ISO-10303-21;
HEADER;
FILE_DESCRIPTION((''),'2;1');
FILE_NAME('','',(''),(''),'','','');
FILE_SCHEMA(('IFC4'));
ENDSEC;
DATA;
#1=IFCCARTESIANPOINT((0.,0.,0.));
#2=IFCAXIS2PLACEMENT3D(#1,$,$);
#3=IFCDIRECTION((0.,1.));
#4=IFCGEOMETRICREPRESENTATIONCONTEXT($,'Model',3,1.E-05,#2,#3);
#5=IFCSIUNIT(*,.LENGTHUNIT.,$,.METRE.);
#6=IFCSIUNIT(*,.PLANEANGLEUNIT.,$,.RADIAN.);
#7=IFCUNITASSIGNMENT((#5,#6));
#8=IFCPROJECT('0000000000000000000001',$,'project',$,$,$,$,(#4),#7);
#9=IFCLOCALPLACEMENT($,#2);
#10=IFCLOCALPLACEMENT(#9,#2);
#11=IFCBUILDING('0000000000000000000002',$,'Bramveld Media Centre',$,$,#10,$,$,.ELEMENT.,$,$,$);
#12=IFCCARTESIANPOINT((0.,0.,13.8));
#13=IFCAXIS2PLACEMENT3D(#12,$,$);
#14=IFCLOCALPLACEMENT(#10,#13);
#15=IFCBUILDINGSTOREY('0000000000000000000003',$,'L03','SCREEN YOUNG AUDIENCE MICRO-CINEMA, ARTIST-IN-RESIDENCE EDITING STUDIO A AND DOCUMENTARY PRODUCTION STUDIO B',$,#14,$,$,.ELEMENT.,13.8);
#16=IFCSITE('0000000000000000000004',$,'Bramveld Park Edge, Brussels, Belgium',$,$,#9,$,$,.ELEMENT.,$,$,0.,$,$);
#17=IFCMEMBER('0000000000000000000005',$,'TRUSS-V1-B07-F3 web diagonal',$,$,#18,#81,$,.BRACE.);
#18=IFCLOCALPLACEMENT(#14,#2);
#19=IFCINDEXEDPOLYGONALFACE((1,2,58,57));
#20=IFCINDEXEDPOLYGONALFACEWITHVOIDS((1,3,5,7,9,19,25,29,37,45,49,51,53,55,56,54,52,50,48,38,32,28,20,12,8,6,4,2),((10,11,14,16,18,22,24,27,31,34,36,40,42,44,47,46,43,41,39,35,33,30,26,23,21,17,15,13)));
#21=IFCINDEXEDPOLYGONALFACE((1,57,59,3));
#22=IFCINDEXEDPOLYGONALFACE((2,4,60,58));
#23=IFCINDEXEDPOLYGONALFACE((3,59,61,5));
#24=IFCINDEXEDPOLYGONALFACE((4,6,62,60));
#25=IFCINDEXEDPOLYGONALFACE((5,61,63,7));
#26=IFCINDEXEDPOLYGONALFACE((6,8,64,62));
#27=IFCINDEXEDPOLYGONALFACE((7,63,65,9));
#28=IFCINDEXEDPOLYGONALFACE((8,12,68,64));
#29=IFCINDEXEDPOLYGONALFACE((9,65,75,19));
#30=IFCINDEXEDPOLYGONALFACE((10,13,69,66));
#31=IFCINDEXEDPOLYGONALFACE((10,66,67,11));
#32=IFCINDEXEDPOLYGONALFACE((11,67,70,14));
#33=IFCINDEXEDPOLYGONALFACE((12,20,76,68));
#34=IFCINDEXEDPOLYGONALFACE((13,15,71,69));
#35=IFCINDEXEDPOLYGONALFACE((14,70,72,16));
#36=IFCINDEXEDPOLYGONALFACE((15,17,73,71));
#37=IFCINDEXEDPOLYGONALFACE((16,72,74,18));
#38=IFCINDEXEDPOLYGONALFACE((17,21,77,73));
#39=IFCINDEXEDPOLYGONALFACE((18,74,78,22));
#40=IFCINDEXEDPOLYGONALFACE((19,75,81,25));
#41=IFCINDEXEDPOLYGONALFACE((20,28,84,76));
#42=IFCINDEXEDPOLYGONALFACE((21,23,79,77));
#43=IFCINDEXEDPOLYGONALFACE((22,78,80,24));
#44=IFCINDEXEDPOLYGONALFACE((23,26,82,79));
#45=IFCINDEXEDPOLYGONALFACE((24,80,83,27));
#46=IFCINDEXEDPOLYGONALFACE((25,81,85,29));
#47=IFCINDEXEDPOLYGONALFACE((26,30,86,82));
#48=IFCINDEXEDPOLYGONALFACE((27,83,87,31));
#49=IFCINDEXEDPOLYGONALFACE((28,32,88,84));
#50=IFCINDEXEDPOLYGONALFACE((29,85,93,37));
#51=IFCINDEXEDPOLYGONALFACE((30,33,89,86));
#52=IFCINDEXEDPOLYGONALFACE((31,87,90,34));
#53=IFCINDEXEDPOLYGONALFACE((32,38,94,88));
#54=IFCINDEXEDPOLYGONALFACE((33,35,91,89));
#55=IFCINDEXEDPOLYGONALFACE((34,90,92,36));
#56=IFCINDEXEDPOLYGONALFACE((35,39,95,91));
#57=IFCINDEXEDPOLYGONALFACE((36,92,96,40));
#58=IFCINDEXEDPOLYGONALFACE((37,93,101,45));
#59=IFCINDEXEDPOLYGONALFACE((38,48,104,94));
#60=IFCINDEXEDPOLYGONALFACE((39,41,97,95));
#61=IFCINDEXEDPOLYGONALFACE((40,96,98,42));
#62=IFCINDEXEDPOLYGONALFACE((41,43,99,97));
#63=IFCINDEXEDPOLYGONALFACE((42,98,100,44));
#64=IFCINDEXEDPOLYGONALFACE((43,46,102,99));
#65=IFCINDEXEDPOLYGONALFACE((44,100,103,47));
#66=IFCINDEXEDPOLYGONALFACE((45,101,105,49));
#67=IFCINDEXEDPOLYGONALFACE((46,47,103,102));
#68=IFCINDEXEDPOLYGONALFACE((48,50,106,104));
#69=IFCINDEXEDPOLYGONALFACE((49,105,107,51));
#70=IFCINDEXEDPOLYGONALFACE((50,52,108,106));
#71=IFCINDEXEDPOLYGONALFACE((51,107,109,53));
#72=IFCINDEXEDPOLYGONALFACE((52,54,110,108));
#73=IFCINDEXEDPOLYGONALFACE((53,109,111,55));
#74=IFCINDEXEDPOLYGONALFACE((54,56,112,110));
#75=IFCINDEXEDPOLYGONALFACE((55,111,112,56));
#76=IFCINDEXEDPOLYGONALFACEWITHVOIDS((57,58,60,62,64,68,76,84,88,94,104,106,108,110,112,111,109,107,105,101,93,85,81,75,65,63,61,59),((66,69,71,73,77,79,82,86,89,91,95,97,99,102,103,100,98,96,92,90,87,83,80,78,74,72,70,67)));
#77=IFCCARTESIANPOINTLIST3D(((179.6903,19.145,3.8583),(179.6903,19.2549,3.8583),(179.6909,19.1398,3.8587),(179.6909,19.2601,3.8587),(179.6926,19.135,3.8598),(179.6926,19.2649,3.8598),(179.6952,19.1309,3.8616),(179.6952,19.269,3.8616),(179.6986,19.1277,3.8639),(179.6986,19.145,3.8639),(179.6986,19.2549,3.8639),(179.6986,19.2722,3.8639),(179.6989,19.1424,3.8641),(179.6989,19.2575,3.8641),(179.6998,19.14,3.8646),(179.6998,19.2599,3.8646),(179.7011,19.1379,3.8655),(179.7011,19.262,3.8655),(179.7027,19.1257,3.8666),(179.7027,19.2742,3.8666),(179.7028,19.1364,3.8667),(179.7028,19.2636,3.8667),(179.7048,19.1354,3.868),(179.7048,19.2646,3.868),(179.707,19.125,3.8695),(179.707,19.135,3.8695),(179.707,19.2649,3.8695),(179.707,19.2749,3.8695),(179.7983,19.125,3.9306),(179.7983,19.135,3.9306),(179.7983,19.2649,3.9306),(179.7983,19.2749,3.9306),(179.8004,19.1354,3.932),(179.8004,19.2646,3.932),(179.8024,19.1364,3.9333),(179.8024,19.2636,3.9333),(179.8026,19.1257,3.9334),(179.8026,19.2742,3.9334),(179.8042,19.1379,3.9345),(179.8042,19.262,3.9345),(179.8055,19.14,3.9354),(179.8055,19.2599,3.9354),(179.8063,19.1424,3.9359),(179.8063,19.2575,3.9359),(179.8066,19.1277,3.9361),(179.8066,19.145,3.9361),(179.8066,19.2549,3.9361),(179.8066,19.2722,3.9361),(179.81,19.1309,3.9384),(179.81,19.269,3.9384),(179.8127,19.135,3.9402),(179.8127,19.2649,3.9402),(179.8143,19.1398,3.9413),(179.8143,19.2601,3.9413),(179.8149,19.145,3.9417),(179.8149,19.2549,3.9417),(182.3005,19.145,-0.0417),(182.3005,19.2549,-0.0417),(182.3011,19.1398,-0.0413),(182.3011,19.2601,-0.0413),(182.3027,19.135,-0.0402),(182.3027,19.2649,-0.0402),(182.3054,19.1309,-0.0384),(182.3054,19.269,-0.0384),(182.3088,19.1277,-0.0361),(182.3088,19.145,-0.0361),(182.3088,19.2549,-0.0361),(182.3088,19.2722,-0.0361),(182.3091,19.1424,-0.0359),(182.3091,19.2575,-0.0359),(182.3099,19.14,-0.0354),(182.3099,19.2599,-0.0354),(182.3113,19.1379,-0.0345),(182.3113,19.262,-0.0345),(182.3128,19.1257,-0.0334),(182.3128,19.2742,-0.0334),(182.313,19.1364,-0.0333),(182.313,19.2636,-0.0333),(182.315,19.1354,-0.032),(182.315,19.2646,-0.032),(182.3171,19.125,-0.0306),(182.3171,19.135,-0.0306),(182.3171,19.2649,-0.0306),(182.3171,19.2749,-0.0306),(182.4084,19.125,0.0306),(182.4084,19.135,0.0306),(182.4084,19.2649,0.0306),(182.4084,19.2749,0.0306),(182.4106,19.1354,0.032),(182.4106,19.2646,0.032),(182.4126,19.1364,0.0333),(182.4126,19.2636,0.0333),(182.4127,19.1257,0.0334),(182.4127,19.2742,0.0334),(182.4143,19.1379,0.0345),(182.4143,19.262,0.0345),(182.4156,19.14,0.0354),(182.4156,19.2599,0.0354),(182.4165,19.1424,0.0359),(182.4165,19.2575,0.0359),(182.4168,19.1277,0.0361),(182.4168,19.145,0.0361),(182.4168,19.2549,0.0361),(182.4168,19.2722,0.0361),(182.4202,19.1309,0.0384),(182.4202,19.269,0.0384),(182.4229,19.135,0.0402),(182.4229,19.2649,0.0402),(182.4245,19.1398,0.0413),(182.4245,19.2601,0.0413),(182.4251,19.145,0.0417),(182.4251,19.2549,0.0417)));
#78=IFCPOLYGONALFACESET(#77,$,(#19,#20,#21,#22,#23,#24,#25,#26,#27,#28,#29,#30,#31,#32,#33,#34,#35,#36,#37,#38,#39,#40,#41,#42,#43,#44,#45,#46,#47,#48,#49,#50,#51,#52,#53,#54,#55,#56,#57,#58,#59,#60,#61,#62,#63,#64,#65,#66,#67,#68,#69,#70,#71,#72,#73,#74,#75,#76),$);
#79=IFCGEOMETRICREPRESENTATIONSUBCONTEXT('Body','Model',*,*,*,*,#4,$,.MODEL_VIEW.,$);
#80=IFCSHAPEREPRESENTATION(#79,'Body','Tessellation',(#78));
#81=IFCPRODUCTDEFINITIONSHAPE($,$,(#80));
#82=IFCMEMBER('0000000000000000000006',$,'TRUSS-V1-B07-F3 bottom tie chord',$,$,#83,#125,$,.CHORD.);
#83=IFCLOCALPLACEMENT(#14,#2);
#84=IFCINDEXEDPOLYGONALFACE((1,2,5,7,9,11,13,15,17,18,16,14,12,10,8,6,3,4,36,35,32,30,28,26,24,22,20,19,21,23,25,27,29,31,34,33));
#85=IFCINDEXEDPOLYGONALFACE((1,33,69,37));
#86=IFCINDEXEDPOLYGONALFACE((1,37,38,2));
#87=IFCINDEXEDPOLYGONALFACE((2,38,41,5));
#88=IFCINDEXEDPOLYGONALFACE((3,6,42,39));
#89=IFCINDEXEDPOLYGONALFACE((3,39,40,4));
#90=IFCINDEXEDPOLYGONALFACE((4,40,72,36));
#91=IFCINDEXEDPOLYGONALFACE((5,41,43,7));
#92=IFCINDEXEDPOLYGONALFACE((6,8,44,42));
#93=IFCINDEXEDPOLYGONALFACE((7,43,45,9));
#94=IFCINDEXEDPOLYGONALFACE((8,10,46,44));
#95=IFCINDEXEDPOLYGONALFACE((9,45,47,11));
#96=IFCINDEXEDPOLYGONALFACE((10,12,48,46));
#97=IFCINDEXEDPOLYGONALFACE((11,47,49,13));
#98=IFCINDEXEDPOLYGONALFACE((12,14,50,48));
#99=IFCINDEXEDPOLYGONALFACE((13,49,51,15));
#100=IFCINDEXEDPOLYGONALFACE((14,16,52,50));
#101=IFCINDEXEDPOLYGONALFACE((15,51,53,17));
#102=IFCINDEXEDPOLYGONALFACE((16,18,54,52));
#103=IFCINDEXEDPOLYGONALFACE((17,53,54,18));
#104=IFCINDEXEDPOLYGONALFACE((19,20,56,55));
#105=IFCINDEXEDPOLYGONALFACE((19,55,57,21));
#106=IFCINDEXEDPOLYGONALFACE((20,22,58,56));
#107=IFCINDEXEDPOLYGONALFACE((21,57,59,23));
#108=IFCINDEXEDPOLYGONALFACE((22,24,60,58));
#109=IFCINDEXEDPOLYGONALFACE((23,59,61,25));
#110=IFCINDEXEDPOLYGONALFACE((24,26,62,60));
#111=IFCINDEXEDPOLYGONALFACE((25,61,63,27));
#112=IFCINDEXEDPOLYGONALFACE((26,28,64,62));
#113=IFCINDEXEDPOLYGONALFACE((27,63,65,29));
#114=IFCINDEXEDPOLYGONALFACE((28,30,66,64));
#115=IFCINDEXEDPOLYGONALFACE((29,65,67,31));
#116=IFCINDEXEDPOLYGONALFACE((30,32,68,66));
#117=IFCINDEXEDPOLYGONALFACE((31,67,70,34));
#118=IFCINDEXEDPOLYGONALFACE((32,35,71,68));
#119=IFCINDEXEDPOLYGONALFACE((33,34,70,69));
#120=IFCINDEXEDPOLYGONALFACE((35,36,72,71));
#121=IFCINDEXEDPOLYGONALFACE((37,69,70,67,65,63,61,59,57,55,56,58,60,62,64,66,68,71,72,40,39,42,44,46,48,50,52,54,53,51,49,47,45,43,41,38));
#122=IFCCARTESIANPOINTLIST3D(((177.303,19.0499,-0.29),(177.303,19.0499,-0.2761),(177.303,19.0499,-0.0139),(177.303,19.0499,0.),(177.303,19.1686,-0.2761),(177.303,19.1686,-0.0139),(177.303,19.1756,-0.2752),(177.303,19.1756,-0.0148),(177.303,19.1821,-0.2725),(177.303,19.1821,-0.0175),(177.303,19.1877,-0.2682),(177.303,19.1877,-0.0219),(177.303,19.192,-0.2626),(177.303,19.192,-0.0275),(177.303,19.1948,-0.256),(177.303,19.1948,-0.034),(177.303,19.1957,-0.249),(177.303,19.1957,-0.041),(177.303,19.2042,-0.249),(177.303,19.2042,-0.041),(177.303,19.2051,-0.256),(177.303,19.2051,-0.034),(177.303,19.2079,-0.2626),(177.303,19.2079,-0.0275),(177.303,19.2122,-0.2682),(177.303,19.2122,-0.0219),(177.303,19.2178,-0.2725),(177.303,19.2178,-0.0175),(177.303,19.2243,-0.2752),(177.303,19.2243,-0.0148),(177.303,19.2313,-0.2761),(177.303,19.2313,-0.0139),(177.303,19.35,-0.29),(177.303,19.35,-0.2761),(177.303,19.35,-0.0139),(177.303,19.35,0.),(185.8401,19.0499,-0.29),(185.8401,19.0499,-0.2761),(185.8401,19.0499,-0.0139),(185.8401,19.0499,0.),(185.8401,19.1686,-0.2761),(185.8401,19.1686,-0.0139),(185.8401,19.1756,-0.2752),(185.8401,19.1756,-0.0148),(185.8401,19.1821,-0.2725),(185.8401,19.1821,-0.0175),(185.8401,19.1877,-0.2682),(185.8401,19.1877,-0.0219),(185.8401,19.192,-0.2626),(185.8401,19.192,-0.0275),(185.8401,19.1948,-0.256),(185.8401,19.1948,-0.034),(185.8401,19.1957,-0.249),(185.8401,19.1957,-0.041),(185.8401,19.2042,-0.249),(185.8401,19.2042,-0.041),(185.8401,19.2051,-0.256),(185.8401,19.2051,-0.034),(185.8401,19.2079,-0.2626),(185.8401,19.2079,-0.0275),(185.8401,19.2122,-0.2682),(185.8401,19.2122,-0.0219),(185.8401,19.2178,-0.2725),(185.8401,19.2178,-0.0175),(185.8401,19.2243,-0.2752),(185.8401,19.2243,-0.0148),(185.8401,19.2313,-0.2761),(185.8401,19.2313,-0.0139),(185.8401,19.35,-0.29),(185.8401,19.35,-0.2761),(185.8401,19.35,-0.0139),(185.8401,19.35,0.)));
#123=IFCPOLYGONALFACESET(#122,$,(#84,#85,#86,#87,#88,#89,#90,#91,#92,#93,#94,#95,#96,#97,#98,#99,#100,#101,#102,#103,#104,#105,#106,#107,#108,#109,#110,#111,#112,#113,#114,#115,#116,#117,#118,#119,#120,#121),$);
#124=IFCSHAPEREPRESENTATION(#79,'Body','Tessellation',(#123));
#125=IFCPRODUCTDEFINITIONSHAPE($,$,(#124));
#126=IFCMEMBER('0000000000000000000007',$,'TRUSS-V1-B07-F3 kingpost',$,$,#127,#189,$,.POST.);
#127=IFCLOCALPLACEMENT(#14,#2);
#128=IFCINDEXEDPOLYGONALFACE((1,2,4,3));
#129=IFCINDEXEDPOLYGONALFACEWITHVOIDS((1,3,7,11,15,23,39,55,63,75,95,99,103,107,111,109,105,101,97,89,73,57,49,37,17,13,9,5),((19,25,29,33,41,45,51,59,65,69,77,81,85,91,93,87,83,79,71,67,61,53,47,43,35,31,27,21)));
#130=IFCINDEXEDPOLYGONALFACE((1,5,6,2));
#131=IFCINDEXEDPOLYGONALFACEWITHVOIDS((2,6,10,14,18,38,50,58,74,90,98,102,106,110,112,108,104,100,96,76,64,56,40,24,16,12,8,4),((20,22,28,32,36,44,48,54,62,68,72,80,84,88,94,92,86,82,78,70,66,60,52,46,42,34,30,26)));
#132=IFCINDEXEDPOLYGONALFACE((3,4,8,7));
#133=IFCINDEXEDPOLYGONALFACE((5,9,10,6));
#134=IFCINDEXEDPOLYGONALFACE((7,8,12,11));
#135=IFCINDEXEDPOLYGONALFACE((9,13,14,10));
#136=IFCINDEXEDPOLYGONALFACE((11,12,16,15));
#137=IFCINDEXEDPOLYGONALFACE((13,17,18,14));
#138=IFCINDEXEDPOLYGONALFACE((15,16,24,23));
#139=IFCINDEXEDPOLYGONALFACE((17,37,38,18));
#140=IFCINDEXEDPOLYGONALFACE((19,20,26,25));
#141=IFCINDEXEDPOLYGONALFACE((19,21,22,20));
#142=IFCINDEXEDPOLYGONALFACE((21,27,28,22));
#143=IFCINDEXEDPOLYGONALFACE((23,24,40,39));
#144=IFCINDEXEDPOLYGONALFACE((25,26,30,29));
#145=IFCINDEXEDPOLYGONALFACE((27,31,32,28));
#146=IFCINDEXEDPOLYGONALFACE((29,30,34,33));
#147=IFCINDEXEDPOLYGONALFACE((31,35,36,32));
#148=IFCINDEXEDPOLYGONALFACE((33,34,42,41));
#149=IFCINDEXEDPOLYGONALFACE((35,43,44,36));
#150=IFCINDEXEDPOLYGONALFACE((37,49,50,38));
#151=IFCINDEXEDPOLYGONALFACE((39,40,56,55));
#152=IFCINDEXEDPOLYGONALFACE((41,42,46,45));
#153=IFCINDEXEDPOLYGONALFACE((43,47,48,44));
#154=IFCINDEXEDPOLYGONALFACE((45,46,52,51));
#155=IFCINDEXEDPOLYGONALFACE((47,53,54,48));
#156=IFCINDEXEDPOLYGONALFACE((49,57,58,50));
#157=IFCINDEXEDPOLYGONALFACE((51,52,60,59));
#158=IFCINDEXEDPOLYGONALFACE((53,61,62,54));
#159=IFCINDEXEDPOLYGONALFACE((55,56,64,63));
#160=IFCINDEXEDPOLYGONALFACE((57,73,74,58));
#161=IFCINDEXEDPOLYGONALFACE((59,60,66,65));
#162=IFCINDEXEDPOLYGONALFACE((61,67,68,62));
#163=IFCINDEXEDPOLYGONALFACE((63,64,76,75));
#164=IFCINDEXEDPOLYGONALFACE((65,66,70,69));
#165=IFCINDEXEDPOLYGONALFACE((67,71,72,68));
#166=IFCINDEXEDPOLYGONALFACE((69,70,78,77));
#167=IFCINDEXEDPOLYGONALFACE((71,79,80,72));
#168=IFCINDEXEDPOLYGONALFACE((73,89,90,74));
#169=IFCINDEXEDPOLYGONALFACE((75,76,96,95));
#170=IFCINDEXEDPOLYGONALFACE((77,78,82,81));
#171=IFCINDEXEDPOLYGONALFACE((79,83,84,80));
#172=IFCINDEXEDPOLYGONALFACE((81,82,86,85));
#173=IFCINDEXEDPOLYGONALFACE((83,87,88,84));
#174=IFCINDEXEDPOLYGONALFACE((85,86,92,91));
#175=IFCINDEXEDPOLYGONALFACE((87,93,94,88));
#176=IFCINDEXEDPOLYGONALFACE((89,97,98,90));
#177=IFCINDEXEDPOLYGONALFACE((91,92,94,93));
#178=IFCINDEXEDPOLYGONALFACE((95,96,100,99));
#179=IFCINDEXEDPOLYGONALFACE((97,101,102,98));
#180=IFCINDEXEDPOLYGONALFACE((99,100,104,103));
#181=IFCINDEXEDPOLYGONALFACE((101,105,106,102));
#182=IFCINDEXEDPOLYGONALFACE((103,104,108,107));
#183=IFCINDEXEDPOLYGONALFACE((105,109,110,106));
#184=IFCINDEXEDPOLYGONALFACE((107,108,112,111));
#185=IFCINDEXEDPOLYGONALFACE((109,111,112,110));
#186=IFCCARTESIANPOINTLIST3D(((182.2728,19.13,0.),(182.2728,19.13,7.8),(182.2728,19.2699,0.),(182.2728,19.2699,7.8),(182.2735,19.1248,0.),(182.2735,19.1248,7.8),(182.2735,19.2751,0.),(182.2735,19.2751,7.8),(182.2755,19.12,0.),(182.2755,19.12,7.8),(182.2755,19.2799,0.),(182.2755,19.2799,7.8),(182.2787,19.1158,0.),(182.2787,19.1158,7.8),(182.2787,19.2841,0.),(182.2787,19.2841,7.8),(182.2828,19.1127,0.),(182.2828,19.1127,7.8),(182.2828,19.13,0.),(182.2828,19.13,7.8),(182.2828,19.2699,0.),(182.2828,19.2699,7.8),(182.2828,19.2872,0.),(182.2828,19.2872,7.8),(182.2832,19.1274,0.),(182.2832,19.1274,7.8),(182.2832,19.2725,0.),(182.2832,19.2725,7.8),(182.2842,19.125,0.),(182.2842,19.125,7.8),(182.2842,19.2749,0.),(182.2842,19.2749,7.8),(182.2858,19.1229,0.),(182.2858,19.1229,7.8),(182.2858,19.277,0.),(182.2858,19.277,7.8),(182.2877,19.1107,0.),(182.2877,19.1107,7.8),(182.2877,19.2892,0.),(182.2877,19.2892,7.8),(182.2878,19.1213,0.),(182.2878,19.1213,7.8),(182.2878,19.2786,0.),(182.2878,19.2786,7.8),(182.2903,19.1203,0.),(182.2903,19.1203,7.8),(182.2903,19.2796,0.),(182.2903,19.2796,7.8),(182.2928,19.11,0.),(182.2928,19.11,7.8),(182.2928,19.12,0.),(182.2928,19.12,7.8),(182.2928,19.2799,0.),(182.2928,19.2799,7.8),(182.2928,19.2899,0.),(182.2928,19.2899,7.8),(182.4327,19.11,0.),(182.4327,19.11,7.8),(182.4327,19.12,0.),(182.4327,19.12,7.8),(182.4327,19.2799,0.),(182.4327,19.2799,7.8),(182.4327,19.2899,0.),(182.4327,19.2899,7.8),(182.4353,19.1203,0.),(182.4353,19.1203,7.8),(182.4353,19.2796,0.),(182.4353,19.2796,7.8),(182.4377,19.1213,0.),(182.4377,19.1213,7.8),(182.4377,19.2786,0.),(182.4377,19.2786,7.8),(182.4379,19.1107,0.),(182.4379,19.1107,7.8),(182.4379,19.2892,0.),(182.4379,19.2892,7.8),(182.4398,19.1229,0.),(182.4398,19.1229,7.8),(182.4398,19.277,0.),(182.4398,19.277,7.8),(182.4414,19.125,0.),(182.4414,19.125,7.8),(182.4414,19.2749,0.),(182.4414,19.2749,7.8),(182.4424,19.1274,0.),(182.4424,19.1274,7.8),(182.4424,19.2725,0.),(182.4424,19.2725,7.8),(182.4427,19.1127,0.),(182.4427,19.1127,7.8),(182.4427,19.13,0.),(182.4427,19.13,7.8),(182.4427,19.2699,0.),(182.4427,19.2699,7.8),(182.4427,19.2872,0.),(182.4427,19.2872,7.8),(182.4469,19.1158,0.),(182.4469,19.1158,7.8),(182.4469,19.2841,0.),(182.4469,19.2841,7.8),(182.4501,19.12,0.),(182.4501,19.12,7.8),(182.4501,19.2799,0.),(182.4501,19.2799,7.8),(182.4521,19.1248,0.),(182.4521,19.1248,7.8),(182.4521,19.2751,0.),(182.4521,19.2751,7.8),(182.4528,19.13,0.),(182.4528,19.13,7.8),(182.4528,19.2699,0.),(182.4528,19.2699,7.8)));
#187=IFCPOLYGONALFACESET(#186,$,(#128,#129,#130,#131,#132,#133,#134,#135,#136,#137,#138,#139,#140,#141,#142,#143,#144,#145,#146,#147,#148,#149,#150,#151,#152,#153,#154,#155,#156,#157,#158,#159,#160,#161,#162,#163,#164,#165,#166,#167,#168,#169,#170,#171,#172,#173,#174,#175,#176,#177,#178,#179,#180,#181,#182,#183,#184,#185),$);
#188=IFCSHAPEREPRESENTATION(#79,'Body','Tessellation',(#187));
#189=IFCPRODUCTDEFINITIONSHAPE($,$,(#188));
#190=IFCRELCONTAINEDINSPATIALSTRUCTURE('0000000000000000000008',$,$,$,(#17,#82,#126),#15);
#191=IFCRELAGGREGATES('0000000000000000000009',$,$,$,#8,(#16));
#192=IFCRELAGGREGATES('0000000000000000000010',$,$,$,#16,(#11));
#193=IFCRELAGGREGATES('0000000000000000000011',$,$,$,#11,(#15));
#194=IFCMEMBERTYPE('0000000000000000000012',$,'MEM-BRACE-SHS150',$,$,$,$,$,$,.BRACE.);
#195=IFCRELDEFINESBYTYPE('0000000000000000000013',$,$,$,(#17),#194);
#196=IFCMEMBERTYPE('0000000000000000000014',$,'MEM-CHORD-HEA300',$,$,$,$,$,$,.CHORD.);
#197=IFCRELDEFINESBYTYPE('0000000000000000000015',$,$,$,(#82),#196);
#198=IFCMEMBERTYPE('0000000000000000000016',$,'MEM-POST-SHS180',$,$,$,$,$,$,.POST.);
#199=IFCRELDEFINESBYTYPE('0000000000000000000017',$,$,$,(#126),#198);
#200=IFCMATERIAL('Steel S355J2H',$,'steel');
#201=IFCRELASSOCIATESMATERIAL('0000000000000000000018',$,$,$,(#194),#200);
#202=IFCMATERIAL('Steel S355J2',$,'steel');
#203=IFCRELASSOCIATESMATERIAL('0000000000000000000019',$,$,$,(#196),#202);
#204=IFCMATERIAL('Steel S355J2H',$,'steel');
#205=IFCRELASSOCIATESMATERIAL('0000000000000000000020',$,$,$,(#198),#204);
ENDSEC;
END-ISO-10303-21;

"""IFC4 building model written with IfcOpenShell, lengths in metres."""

from ifc_helpers import new_model, si_unit, direction, frame, origin, origin_2d, place, context, subcontext, project, spatial, hollow_rectangle, i_section, extrude, material, material_profile, profile_set, type_object, element, save


model = new_model("IFC4")

# Units and contexts
model_context = context("Model", 3, precision=1e-05, world=origin(), true_north=direction((0.0, 1.0)))
body_context = subcontext(model_context, "Body", "Model", "MODEL_VIEW")
ifc_project = project(units=[si_unit("LENGTHUNIT", "METRE"), si_unit("PLANEANGLEUNIT", "RADIAN")], contexts=[model_context])

# Site, building, storey
site_placement = place(None, origin())
site = spatial("IfcSite", under=ifc_project, at=site_placement, Name="Bramveld Park Edge, Brussels, Belgium", CompositionType="ELEMENT", RefElevation=0.0)
building_placement = place(site_placement, origin())
building = spatial("IfcBuilding", under=site, at=building_placement, Name="Bramveld Media Centre", CompositionType="ELEMENT")
storey_placement = place(building_placement, frame((0.0, 0.0, 13.8)))
storey = spatial("IfcBuildingStorey", under=building, at=storey_placement, Name="L03", Description="SCREEN YOUNG AUDIENCE MICRO-CINEMA, ARTIST-IN-RESIDENCE EDITING STUDIO A AND DOCUMENTARY PRODUCTION STUDIO B", CompositionType="ELEMENT", Elevation=13.8)

# Members
ifc_material_1 = material(Name="Steel S355J2H", Category="steel")
ifc_material_profile_1 = material_profile(ifc_material_1, hollow_rectangle(XDim=0.1499, YDim=0.1499, WallThickness=0.01, InnerFilletRadius=0.01, OuterFilletRadius=0.02, at=origin_2d()), Name="SHS 150x150x10")
ifc_profile_set_1 = profile_set([ifc_material_profile_1], Name="Steel S355J2H")
member_type_1 = type_object("IfcMemberType", Name="MEM-BRACE-SHS150", PredefinedType="BRACE", material=ifc_profile_set_1)
member_1_placement = place(storey_placement, frame((182.3628, 19.2, 0.0), z_axis=(-0.5562, 0.0, 0.831048), x_axis=(0.0, -1.0, 0.0)))
element("IfcMember", 1, at=member_1_placement, inside=storey, type_object=member_type_1, Name="TRUSS-V1-B07-F3 web diagonal", PredefinedType="BRACE", context=body_context, shape_type="SweptSolid", body=[
    extrude(hollow_rectangle(XDim=0.1499, YDim=0.1499, WallThickness=0.01, InnerFilletRadius=0.01, OuterFilletRadius=0.02, at=origin_2d()), origin(), (0.0, 0.0, 1.0), 4.6929),
])
ifc_material_2 = material(Name="Steel S355J2", Category="steel")
ifc_material_profile_2 = material_profile(ifc_material_2, i_section(OverallWidth=0.3, OverallDepth=0.29, WebThickness=0.0085, FlangeThickness=0.0139, FilletRadius=0.0271, at=origin_2d()), Name="HEA 300")
ifc_profile_set_2 = profile_set([ifc_material_profile_2], Name="Steel S355J2")
member_type_2 = type_object("IfcMemberType", Name="MEM-CHORD-HEA300", PredefinedType="CHORD", material=ifc_profile_set_2)
member_2_placement = place(storey_placement, frame((177.303, 19.2, -0.145), z_axis=(1.0, 0.0, 0.0), x_axis=(0.0, 1.0, 0.0)))
element("IfcMember", 2, at=member_2_placement, inside=storey, type_object=member_type_2, Name="TRUSS-V1-B07-F3 bottom tie chord", PredefinedType="CHORD", context=body_context, shape_type="SweptSolid", body=[
    extrude(i_section(OverallWidth=0.3, OverallDepth=0.29, WebThickness=0.0085, FlangeThickness=0.0139, FilletRadius=0.0271, at=origin_2d()), origin(), (0.0, 0.0, 1.0), 8.5371),
])
ifc_material_3 = material(Name="Steel S355J2H", Category="steel")
ifc_material_profile_3 = material_profile(ifc_material_3, hollow_rectangle(XDim=0.1799, YDim=0.1799, WallThickness=0.01, InnerFilletRadius=0.01, OuterFilletRadius=0.02, at=origin_2d()), Name="SHS 180x180x10")
ifc_profile_set_3 = profile_set([ifc_material_profile_3], Name="Steel S355J2H")
member_type_3 = type_object("IfcMemberType", Name="MEM-POST-SHS180", PredefinedType="POST", material=ifc_profile_set_3)
member_3_placement = place(storey_placement, frame((182.3628, 19.2, 0.0), z_axis=(0.0, 0.0, 1.0), x_axis=(1.0, 0.0, 0.0)))
element("IfcMember", 3, at=member_3_placement, inside=storey, type_object=member_type_3, Name="TRUSS-V1-B07-F3 kingpost", PredefinedType="POST", context=body_context, shape_type="SweptSolid", body=[
    extrude(hollow_rectangle(XDim=0.1799, YDim=0.1799, WallThickness=0.01, InnerFilletRadius=0.01, OuterFilletRadius=0.02, at=origin_2d()), origin(), (0.0, 0.0, 1.0), 7.8),
])

save(model, "model.ifc")
